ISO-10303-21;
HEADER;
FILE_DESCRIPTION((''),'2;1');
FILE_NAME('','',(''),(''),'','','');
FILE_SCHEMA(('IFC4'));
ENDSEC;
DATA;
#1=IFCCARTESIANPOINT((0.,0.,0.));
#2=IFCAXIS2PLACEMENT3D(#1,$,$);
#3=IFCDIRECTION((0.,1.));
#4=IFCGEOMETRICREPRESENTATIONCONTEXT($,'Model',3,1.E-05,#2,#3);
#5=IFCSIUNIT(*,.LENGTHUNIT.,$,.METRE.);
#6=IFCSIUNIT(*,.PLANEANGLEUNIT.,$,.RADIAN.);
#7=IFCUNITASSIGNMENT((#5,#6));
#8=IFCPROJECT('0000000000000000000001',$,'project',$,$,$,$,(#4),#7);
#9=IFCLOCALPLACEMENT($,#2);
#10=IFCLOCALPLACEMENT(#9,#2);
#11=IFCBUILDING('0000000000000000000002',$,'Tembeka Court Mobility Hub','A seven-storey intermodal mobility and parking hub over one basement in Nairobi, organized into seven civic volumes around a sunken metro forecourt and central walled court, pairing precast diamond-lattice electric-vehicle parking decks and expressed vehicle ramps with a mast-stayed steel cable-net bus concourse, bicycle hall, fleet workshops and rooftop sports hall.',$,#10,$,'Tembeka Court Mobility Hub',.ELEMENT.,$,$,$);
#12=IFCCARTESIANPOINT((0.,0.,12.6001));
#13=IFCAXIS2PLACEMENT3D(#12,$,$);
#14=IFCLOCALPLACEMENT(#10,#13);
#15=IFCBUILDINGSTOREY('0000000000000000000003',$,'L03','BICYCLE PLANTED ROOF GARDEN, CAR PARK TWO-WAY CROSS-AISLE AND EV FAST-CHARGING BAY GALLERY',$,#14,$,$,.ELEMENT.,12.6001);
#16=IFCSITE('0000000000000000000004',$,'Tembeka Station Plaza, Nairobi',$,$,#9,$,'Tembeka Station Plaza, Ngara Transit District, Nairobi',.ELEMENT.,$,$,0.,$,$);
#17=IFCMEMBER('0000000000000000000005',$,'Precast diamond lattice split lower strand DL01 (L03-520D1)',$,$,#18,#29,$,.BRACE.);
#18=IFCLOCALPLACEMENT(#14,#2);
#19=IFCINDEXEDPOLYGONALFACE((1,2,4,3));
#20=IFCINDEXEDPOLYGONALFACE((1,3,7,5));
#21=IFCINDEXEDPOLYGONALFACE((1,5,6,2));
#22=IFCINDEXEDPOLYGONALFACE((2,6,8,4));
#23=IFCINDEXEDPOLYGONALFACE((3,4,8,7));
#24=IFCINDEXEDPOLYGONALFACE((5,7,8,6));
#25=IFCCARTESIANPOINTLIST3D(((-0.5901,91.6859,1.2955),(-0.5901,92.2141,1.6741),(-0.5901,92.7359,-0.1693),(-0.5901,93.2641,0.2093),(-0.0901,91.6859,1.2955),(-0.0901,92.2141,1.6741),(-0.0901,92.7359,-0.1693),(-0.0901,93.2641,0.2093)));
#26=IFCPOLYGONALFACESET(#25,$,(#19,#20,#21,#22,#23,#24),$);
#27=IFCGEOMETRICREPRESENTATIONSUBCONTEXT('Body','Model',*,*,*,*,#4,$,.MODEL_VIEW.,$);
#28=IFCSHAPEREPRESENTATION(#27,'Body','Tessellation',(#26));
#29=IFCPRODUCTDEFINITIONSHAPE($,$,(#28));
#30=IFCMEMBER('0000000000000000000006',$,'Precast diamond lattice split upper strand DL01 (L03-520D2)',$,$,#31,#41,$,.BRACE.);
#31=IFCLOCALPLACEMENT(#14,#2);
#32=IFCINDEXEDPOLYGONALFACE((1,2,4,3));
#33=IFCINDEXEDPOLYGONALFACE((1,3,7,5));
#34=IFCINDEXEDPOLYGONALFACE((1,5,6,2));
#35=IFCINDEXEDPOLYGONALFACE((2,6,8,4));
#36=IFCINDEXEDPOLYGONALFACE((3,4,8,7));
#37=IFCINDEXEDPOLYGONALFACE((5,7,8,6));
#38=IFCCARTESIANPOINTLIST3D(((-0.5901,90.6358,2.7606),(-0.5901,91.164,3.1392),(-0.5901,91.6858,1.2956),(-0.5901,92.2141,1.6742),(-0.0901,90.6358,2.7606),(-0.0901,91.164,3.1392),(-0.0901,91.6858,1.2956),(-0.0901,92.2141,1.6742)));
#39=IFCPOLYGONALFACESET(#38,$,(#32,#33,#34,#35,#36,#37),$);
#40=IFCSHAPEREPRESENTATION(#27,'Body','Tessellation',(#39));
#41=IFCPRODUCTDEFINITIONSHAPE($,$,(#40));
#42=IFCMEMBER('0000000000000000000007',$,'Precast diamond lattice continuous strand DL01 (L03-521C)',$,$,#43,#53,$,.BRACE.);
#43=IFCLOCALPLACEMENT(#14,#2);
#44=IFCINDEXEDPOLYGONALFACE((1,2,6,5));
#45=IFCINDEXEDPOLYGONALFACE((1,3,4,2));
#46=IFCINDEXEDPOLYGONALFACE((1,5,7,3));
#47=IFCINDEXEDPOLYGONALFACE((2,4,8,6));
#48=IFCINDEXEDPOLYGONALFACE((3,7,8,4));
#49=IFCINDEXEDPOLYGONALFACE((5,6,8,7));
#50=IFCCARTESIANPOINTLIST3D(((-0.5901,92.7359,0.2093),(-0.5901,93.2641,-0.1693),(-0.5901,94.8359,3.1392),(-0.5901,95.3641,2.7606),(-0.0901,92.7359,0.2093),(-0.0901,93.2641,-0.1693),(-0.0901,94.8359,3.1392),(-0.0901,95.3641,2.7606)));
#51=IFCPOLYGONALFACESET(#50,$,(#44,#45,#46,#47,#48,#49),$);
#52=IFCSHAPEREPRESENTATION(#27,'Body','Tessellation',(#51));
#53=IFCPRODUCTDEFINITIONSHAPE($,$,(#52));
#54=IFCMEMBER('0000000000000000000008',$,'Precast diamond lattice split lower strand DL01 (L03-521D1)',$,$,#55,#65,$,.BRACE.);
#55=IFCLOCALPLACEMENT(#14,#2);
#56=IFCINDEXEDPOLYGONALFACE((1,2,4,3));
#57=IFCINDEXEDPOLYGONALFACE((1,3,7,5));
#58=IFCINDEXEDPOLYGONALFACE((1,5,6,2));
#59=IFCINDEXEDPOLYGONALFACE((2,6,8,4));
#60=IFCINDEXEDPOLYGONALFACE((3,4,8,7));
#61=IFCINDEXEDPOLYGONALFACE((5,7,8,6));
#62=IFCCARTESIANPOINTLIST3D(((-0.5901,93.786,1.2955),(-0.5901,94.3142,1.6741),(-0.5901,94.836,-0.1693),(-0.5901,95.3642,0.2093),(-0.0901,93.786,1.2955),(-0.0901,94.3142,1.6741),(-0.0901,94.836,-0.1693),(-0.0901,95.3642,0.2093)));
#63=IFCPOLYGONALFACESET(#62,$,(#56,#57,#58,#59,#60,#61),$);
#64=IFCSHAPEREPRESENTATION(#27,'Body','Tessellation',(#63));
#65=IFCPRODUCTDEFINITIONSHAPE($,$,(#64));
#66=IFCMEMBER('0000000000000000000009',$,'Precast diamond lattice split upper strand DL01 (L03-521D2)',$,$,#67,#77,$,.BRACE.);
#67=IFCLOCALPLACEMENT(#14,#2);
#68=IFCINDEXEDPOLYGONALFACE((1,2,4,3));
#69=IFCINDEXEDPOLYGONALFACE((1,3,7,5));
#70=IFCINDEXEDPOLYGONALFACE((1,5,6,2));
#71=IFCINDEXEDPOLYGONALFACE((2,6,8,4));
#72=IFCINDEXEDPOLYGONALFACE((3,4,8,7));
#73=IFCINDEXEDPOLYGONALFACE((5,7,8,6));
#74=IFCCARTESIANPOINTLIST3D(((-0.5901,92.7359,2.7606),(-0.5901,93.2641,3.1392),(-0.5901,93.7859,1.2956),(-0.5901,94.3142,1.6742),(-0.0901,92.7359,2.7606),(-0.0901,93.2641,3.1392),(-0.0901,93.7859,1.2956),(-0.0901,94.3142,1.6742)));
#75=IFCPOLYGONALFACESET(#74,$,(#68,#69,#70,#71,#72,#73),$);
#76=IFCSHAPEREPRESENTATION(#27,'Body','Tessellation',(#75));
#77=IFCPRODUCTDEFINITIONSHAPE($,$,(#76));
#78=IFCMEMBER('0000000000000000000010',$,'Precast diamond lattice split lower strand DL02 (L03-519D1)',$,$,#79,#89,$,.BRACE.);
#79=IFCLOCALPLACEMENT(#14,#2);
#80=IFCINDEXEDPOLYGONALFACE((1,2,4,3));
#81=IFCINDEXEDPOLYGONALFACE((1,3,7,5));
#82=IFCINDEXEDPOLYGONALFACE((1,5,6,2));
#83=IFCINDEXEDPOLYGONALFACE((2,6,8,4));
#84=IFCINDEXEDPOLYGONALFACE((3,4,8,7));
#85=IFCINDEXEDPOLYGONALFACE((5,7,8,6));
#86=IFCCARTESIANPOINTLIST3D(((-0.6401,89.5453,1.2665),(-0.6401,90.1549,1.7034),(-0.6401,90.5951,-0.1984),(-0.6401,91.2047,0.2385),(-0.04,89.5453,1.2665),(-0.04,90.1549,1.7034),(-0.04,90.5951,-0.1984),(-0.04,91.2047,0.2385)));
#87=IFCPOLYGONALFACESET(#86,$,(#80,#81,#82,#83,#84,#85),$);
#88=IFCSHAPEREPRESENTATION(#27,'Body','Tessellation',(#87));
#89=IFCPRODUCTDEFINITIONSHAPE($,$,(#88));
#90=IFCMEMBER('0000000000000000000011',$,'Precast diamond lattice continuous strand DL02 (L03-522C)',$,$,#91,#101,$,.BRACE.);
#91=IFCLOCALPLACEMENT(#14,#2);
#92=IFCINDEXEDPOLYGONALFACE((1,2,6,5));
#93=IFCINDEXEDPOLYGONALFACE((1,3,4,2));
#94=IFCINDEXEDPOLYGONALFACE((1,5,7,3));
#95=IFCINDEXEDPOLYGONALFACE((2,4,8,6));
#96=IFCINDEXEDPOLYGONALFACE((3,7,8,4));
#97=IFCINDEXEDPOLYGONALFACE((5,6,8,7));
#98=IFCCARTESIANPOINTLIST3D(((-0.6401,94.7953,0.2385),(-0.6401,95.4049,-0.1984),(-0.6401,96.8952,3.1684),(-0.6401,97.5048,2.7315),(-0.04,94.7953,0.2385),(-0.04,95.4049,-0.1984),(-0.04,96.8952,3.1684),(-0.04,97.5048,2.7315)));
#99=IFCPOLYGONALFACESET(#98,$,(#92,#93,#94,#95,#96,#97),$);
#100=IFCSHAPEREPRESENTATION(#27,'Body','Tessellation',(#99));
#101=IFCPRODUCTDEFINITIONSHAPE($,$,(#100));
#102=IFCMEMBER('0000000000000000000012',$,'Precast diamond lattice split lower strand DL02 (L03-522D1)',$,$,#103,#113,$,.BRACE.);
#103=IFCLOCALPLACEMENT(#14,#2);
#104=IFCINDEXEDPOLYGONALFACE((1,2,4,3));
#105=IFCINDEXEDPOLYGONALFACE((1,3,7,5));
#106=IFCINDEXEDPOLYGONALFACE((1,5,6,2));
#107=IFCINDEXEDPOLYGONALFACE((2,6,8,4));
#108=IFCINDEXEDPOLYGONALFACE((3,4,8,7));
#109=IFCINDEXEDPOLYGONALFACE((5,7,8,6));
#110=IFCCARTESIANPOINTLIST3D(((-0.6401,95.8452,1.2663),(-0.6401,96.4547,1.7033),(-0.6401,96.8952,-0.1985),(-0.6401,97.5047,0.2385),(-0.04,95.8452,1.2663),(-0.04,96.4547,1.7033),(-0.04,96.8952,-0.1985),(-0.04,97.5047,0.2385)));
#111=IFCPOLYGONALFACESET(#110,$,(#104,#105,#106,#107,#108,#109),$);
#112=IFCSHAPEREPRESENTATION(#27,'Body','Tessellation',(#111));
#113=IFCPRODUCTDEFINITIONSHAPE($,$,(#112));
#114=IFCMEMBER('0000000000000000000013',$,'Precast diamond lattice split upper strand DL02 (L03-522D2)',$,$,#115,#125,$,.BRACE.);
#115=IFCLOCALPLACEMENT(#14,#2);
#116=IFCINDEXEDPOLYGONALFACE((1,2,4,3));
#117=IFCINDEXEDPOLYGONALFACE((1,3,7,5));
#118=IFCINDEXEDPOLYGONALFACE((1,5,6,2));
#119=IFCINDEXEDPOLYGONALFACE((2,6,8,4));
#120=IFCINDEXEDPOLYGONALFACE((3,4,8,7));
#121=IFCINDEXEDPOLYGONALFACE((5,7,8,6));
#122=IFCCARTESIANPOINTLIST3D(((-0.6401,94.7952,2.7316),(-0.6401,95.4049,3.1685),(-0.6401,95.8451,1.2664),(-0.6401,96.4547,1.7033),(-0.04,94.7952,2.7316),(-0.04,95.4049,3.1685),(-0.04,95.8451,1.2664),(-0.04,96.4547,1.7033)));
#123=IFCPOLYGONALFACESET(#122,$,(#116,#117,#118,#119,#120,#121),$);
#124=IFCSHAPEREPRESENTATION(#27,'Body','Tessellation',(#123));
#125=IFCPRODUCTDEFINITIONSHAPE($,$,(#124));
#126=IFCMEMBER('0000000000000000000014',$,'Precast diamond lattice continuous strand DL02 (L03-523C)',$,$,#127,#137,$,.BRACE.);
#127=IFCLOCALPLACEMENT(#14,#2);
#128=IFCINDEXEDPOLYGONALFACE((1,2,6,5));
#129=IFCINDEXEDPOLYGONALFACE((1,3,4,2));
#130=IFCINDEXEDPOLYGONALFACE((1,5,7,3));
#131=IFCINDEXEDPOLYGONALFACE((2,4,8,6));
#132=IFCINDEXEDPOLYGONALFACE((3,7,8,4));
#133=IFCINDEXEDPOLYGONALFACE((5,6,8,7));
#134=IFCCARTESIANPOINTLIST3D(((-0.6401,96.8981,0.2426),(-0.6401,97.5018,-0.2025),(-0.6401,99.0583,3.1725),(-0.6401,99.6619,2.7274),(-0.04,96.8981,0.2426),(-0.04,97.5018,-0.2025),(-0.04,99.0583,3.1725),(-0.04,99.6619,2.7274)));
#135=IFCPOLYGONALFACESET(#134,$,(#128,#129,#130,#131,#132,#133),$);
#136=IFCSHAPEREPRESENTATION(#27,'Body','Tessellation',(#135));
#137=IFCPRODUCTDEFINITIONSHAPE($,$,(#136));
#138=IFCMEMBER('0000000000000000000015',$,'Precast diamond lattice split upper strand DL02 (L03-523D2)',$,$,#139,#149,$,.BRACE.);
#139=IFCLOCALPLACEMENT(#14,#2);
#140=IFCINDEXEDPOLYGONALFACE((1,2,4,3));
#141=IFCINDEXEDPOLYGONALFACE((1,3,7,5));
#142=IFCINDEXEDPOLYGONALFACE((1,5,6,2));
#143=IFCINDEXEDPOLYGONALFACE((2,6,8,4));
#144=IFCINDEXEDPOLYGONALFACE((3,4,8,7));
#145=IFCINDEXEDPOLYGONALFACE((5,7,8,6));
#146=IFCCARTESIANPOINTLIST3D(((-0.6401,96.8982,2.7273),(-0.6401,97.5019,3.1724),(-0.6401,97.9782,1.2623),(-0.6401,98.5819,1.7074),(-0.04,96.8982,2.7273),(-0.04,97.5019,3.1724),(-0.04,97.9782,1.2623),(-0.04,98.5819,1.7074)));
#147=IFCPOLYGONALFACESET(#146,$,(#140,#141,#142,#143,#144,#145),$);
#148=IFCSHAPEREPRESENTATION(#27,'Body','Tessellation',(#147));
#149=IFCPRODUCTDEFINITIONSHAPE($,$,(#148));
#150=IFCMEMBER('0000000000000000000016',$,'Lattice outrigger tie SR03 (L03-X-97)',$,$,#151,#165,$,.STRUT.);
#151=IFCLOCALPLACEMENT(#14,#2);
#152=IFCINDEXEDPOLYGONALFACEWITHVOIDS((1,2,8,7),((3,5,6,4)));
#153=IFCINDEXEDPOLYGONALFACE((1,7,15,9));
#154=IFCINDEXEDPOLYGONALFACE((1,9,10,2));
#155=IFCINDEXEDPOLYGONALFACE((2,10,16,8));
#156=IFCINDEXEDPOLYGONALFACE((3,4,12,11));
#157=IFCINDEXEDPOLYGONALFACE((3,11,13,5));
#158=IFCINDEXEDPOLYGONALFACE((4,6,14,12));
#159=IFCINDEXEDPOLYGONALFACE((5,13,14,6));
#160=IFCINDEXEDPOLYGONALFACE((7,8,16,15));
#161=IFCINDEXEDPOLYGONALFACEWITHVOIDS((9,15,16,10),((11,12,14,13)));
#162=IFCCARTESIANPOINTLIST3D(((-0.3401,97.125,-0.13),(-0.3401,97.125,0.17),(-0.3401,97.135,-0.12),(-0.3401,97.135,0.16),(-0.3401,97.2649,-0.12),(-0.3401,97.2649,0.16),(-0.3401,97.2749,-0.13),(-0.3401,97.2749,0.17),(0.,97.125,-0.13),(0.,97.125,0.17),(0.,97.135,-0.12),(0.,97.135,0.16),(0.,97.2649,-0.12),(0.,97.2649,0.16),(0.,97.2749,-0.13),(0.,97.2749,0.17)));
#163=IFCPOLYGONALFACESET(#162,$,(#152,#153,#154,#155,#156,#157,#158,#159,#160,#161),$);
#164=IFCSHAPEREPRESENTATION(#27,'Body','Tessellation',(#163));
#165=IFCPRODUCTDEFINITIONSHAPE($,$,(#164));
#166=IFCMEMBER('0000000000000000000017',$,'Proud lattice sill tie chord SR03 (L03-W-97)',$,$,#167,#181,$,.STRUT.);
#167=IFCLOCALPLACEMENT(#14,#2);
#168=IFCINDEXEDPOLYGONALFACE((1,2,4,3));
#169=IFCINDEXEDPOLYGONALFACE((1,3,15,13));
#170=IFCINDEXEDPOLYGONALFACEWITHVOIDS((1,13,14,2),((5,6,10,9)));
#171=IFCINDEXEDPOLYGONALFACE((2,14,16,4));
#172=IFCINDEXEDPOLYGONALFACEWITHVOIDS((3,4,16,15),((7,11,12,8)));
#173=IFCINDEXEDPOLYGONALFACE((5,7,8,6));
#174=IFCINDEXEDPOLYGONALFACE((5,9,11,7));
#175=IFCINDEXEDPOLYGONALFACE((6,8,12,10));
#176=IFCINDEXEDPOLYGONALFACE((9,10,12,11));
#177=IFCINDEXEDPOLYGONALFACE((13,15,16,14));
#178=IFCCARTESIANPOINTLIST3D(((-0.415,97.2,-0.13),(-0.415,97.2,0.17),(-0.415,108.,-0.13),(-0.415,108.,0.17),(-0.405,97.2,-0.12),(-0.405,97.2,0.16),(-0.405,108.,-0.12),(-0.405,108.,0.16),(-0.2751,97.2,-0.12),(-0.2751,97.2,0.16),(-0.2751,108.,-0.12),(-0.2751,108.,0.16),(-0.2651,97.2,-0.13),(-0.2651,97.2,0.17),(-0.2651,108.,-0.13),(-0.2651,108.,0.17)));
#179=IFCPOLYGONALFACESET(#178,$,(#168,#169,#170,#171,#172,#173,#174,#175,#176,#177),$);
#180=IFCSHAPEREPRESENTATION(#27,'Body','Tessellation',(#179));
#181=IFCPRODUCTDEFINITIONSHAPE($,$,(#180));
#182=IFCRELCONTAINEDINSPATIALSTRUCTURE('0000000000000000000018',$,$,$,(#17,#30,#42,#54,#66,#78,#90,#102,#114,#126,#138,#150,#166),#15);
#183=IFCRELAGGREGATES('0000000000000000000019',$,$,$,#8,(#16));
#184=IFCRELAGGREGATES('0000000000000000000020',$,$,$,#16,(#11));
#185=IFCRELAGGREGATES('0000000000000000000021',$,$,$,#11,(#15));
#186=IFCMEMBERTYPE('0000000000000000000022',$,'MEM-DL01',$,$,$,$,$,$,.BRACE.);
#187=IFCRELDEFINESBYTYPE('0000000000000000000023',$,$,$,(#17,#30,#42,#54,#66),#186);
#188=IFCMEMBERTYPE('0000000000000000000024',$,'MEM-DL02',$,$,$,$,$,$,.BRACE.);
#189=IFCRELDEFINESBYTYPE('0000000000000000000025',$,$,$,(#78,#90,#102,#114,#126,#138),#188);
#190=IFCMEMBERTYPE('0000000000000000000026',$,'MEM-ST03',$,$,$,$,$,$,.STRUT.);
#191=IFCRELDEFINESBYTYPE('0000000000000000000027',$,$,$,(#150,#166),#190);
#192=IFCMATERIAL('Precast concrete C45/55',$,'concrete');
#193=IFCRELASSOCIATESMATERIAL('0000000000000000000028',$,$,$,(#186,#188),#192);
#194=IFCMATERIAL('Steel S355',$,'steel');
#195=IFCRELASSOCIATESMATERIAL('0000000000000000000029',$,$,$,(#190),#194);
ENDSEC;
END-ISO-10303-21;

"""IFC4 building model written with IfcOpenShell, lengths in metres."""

from ifc_helpers import new_model, si_unit, direction, frame, origin, origin_2d, place, context, subcontext, project, spatial, rectangle, hollow_rectangle, extrude, material, material_profile, profile_set, type_object, element, save


model = new_model("IFC4")

# Units and contexts
model_context = context("Model", 3, precision=1e-05, world=origin(), true_north=direction((0.0, 1.0)))
body_context = subcontext(model_context, "Body", "Model", "MODEL_VIEW")
ifc_project = project(units=[si_unit("LENGTHUNIT", "METRE"), si_unit("PLANEANGLEUNIT", "RADIAN")], contexts=[model_context])

# Site, building, storey
site_placement = place(None, origin())
site = spatial("IfcSite", under=ifc_project, at=site_placement, Name="Tembeka Station Plaza, Nairobi", LongName="Tembeka Station Plaza, Ngara Transit District, Nairobi", CompositionType="ELEMENT", RefElevation=0.0)
building_placement = place(site_placement, origin())
building = spatial("IfcBuilding", under=site, at=building_placement, Name="Tembeka Court Mobility Hub", Description="A seven-storey intermodal mobility and parking hub over one basement in Nairobi, organized into seven civic volumes around a sunken metro forecourt and central walled court, pairing precast diamond-lattice electric-vehicle parking decks and expressed vehicle ramps with a mast-stayed steel cable-net bus concourse, bicycle hall, fleet workshops and rooftop sports hall.", LongName="Tembeka Court Mobility Hub", CompositionType="ELEMENT")
storey_placement = place(building_placement, frame((0.0, 0.0, 12.6001)))
storey = spatial("IfcBuildingStorey", under=building, at=storey_placement, Name="L03", Description="BICYCLE PLANTED ROOF GARDEN, CAR PARK TWO-WAY CROSS-AISLE AND EV FAST-CHARGING BAY GALLERY", CompositionType="ELEMENT", Elevation=12.6001)

# Shared definitions
ifc_material_1 = material(Name="Steel S355", Category="steel")

# Members
ifc_material_2 = material(Name="Precast concrete C45/55", Category="concrete")
ifc_material_profile_1 = material_profile(ifc_material_2, rectangle(XDim=0.5, YDim=0.6499, at=origin_2d()), Name="PC-DIAG 500x650")
ifc_profile_set_1 = profile_set([ifc_material_profile_1], Name="Precast concrete C45/55")
member_type_1 = type_object("IfcMemberType", Name="MEM-DL01", PredefinedType="BRACE", material=ifc_profile_set_1)
member_1_placement = place(storey_placement, frame((-0.3401, 93.0, 0.02), z_axis=(0.0, -0.582608, 0.812753), x_axis=(1.0, 0.0, 0.0)))
element("IfcMember", 1, at=member_1_placement, inside=storey, type_object=member_type_1, Name="Precast diamond lattice split lower strand DL01 (L03-520D1)", PredefinedType="BRACE", context=body_context, shape_type="SweptSolid", body=[
    extrude(rectangle(XDim=0.5, YDim=0.6499, at=origin_2d()), origin(), (0.0, 0.0, 1.0), 1.8022),
])
member_2_placement = place(storey_placement, frame((-0.3401, 91.95, 1.4849), z_axis=(0.0, -0.582544, 0.812799), x_axis=(1.0, 0.0, 0.0)))
element("IfcMember", 2, at=member_2_placement, inside=storey, type_object=member_type_1, Name="Precast diamond lattice split upper strand DL01 (L03-520D2)", PredefinedType="BRACE", context=body_context, shape_type="SweptSolid", body=[
    extrude(rectangle(XDim=0.5, YDim=0.6499, at=origin_2d()), origin(), (0.0, 0.0, 1.0), 1.8025),
])
member_3_placement = place(storey_placement, frame((-0.3401, 93.0, 0.02), z_axis=(0.0, 0.582576, 0.812776), x_axis=(-1.0, 0.0, 0.0)))
element("IfcMember", 3, at=member_3_placement, inside=storey, type_object=member_type_1, Name="Precast diamond lattice continuous strand DL01 (L03-521C)", PredefinedType="BRACE", context=body_context, shape_type="SweptSolid", body=[
    extrude(rectangle(XDim=0.5, YDim=0.6499, at=origin_2d()), origin(), (0.0, 0.0, 1.0), 3.6047),
])
member_4_placement = place(storey_placement, frame((-0.3401, 95.1001, 0.02), z_axis=(0.0, -0.582608, 0.812753), x_axis=(1.0, 0.0, 0.0)))
element("IfcMember", 4, at=member_4_placement, inside=storey, type_object=member_type_1, Name="Precast diamond lattice split lower strand DL01 (L03-521D1)", PredefinedType="BRACE", context=body_context, shape_type="SweptSolid", body=[
    extrude(rectangle(XDim=0.5, YDim=0.6499, at=origin_2d()), origin(), (0.0, 0.0, 1.0), 1.8022),
])
member_5_placement = place(storey_placement, frame((-0.3401, 94.05, 1.4849), z_axis=(0.0, -0.582544, 0.812799), x_axis=(1.0, 0.0, 0.0)))
element("IfcMember", 5, at=member_5_placement, inside=storey, type_object=member_type_1, Name="Precast diamond lattice split upper strand DL01 (L03-521D2)", PredefinedType="BRACE", context=body_context, shape_type="SweptSolid", body=[
    extrude(rectangle(XDim=0.5, YDim=0.6499, at=origin_2d()), origin(), (0.0, 0.0, 1.0), 1.8025),
])
ifc_material_profile_2 = material_profile(ifc_material_2, rectangle(XDim=0.6001, YDim=0.75, at=origin_2d()), Name="PC-DIAG 600x750")
ifc_profile_set_2 = profile_set([ifc_material_profile_2], Name="Precast concrete C45/55")
member_type_2 = type_object("IfcMemberType", Name="MEM-DL02", PredefinedType="BRACE", material=ifc_profile_set_2)
member_6_placement = place(storey_placement, frame((-0.3401, 90.8999, 0.02), z_axis=(0.0, -0.582519, 0.812817), x_axis=(1.0, 0.0, 0.0)))
element("IfcMember", 6, at=member_6_placement, inside=storey, type_object=member_type_2, Name="Precast diamond lattice split lower strand DL02 (L03-519D1)", PredefinedType="BRACE", context=body_context, shape_type="SweptSolid", body=[
    extrude(rectangle(XDim=0.6001, YDim=0.75, at=origin_2d()), origin(), (0.0, 0.0, 1.0), 1.8022),
])
member_7_placement = place(storey_placement, frame((-0.3401, 95.1001, 0.02), z_axis=(0.0, 0.582532, 0.812808), x_axis=(-1.0, 0.0, 0.0)))
element("IfcMember", 7, at=member_7_placement, inside=storey, type_object=member_type_2, Name="Precast diamond lattice continuous strand DL02 (L03-522C)", PredefinedType="BRACE", context=body_context, shape_type="SweptSolid", body=[
    extrude(rectangle(XDim=0.6001, YDim=0.75, at=origin_2d()), origin(), (0.0, 0.0, 1.0), 3.6047),
])
member_8_placement = place(storey_placement, frame((-0.3401, 97.2, 0.02), z_axis=(0.0, -0.582608, 0.812753), x_axis=(1.0, 0.0, 0.0)))
element("IfcMember", 8, at=member_8_placement, inside=storey, type_object=member_type_2, Name="Precast diamond lattice split lower strand DL02 (L03-522D1)", PredefinedType="BRACE", context=body_context, shape_type="SweptSolid", body=[
    extrude(rectangle(XDim=0.6001, YDim=0.75, at=origin_2d()), origin(), (0.0, 0.0, 1.0), 1.8022),
])
member_9_placement = place(storey_placement, frame((-0.3401, 96.1499, 1.4849), z_axis=(0.0, -0.582455, 0.812863), x_axis=(1.0, 0.0, 0.0)))
element("IfcMember", 9, at=member_9_placement, inside=storey, type_object=member_type_2, Name="Precast diamond lattice split upper strand DL02 (L03-522D2)", PredefinedType="BRACE", context=body_context, shape_type="SweptSolid", body=[
    extrude(rectangle(XDim=0.6001, YDim=0.75, at=origin_2d()), origin(), (0.0, 0.0, 1.0), 1.8025),
])
member_10_placement = place(storey_placement, frame((-0.3401, 97.2, 0.02), z_axis=(0.0, 0.593423, 0.804891), x_axis=(-1.0, 0.0, 0.0)))
element("IfcMember", 10, at=member_10_placement, inside=storey, type_object=member_type_2, Name="Precast diamond lattice continuous strand DL02 (L03-523C)", PredefinedType="BRACE", context=body_context, shape_type="SweptSolid", body=[
    extrude(rectangle(XDim=0.6001, YDim=0.75, at=origin_2d()), origin(), (0.0, 0.0, 1.0), 3.6401),
])
member_11_placement = place(storey_placement, frame((-0.3401, 98.28, 1.4849), z_axis=(0.0, -0.593391, 0.804914), x_axis=(1.0, 0.0, 0.0)))
element("IfcMember", 11, at=member_11_placement, inside=storey, type_object=member_type_2, Name="Precast diamond lattice split upper strand DL02 (L03-523D2)", PredefinedType="BRACE", context=body_context, shape_type="SweptSolid", body=[
    extrude(rectangle(XDim=0.6001, YDim=0.75, at=origin_2d()), origin(), (0.0, 0.0, 1.0), 1.8201),
])
ifc_material_profile_3 = material_profile(ifc_material_1, hollow_rectangle(XDim=0.1499, YDim=0.3, WallThickness=0.01, at=origin_2d()), Name="RHS 300x150x10")
ifc_profile_set_3 = profile_set([ifc_material_profile_3], Name="Steel S355")
member_type_3 = type_object("IfcMemberType", Name="MEM-ST03", PredefinedType="STRUT", material=ifc_profile_set_3)
member_12_placement = place(storey_placement, frame((0.0, 97.2, 0.02), z_axis=(-1.0, 0.0, 0.0), x_axis=(0.0, -1.0, 0.0)))
element("IfcMember", 12, at=member_12_placement, inside=storey, type_object=member_type_3, Name="Lattice outrigger tie SR03 (L03-X-97)", PredefinedType="STRUT", context=body_context, shape_type="SweptSolid", body=[
    extrude(hollow_rectangle(XDim=0.1499, YDim=0.3, WallThickness=0.01, at=origin_2d()), origin(), (0.0, 0.0, 1.0), 0.3401),
])
member_13_placement = place(storey_placement, frame((-0.3401, 97.2, 0.02), z_axis=(0.0, 1.0, 0.0), x_axis=(-1.0, 0.0, 0.0)))
element("IfcMember", 13, at=member_13_placement, inside=storey, type_object=member_type_3, Name="Proud lattice sill tie chord SR03 (L03-W-97)", PredefinedType="STRUT", context=body_context, shape_type="SweptSolid", body=[
    extrude(hollow_rectangle(XDim=0.1499, YDim=0.3, WallThickness=0.01, at=origin_2d()), origin(), (0.0, 0.0, 1.0), 10.8),
])

save(model, "model.ifc")
